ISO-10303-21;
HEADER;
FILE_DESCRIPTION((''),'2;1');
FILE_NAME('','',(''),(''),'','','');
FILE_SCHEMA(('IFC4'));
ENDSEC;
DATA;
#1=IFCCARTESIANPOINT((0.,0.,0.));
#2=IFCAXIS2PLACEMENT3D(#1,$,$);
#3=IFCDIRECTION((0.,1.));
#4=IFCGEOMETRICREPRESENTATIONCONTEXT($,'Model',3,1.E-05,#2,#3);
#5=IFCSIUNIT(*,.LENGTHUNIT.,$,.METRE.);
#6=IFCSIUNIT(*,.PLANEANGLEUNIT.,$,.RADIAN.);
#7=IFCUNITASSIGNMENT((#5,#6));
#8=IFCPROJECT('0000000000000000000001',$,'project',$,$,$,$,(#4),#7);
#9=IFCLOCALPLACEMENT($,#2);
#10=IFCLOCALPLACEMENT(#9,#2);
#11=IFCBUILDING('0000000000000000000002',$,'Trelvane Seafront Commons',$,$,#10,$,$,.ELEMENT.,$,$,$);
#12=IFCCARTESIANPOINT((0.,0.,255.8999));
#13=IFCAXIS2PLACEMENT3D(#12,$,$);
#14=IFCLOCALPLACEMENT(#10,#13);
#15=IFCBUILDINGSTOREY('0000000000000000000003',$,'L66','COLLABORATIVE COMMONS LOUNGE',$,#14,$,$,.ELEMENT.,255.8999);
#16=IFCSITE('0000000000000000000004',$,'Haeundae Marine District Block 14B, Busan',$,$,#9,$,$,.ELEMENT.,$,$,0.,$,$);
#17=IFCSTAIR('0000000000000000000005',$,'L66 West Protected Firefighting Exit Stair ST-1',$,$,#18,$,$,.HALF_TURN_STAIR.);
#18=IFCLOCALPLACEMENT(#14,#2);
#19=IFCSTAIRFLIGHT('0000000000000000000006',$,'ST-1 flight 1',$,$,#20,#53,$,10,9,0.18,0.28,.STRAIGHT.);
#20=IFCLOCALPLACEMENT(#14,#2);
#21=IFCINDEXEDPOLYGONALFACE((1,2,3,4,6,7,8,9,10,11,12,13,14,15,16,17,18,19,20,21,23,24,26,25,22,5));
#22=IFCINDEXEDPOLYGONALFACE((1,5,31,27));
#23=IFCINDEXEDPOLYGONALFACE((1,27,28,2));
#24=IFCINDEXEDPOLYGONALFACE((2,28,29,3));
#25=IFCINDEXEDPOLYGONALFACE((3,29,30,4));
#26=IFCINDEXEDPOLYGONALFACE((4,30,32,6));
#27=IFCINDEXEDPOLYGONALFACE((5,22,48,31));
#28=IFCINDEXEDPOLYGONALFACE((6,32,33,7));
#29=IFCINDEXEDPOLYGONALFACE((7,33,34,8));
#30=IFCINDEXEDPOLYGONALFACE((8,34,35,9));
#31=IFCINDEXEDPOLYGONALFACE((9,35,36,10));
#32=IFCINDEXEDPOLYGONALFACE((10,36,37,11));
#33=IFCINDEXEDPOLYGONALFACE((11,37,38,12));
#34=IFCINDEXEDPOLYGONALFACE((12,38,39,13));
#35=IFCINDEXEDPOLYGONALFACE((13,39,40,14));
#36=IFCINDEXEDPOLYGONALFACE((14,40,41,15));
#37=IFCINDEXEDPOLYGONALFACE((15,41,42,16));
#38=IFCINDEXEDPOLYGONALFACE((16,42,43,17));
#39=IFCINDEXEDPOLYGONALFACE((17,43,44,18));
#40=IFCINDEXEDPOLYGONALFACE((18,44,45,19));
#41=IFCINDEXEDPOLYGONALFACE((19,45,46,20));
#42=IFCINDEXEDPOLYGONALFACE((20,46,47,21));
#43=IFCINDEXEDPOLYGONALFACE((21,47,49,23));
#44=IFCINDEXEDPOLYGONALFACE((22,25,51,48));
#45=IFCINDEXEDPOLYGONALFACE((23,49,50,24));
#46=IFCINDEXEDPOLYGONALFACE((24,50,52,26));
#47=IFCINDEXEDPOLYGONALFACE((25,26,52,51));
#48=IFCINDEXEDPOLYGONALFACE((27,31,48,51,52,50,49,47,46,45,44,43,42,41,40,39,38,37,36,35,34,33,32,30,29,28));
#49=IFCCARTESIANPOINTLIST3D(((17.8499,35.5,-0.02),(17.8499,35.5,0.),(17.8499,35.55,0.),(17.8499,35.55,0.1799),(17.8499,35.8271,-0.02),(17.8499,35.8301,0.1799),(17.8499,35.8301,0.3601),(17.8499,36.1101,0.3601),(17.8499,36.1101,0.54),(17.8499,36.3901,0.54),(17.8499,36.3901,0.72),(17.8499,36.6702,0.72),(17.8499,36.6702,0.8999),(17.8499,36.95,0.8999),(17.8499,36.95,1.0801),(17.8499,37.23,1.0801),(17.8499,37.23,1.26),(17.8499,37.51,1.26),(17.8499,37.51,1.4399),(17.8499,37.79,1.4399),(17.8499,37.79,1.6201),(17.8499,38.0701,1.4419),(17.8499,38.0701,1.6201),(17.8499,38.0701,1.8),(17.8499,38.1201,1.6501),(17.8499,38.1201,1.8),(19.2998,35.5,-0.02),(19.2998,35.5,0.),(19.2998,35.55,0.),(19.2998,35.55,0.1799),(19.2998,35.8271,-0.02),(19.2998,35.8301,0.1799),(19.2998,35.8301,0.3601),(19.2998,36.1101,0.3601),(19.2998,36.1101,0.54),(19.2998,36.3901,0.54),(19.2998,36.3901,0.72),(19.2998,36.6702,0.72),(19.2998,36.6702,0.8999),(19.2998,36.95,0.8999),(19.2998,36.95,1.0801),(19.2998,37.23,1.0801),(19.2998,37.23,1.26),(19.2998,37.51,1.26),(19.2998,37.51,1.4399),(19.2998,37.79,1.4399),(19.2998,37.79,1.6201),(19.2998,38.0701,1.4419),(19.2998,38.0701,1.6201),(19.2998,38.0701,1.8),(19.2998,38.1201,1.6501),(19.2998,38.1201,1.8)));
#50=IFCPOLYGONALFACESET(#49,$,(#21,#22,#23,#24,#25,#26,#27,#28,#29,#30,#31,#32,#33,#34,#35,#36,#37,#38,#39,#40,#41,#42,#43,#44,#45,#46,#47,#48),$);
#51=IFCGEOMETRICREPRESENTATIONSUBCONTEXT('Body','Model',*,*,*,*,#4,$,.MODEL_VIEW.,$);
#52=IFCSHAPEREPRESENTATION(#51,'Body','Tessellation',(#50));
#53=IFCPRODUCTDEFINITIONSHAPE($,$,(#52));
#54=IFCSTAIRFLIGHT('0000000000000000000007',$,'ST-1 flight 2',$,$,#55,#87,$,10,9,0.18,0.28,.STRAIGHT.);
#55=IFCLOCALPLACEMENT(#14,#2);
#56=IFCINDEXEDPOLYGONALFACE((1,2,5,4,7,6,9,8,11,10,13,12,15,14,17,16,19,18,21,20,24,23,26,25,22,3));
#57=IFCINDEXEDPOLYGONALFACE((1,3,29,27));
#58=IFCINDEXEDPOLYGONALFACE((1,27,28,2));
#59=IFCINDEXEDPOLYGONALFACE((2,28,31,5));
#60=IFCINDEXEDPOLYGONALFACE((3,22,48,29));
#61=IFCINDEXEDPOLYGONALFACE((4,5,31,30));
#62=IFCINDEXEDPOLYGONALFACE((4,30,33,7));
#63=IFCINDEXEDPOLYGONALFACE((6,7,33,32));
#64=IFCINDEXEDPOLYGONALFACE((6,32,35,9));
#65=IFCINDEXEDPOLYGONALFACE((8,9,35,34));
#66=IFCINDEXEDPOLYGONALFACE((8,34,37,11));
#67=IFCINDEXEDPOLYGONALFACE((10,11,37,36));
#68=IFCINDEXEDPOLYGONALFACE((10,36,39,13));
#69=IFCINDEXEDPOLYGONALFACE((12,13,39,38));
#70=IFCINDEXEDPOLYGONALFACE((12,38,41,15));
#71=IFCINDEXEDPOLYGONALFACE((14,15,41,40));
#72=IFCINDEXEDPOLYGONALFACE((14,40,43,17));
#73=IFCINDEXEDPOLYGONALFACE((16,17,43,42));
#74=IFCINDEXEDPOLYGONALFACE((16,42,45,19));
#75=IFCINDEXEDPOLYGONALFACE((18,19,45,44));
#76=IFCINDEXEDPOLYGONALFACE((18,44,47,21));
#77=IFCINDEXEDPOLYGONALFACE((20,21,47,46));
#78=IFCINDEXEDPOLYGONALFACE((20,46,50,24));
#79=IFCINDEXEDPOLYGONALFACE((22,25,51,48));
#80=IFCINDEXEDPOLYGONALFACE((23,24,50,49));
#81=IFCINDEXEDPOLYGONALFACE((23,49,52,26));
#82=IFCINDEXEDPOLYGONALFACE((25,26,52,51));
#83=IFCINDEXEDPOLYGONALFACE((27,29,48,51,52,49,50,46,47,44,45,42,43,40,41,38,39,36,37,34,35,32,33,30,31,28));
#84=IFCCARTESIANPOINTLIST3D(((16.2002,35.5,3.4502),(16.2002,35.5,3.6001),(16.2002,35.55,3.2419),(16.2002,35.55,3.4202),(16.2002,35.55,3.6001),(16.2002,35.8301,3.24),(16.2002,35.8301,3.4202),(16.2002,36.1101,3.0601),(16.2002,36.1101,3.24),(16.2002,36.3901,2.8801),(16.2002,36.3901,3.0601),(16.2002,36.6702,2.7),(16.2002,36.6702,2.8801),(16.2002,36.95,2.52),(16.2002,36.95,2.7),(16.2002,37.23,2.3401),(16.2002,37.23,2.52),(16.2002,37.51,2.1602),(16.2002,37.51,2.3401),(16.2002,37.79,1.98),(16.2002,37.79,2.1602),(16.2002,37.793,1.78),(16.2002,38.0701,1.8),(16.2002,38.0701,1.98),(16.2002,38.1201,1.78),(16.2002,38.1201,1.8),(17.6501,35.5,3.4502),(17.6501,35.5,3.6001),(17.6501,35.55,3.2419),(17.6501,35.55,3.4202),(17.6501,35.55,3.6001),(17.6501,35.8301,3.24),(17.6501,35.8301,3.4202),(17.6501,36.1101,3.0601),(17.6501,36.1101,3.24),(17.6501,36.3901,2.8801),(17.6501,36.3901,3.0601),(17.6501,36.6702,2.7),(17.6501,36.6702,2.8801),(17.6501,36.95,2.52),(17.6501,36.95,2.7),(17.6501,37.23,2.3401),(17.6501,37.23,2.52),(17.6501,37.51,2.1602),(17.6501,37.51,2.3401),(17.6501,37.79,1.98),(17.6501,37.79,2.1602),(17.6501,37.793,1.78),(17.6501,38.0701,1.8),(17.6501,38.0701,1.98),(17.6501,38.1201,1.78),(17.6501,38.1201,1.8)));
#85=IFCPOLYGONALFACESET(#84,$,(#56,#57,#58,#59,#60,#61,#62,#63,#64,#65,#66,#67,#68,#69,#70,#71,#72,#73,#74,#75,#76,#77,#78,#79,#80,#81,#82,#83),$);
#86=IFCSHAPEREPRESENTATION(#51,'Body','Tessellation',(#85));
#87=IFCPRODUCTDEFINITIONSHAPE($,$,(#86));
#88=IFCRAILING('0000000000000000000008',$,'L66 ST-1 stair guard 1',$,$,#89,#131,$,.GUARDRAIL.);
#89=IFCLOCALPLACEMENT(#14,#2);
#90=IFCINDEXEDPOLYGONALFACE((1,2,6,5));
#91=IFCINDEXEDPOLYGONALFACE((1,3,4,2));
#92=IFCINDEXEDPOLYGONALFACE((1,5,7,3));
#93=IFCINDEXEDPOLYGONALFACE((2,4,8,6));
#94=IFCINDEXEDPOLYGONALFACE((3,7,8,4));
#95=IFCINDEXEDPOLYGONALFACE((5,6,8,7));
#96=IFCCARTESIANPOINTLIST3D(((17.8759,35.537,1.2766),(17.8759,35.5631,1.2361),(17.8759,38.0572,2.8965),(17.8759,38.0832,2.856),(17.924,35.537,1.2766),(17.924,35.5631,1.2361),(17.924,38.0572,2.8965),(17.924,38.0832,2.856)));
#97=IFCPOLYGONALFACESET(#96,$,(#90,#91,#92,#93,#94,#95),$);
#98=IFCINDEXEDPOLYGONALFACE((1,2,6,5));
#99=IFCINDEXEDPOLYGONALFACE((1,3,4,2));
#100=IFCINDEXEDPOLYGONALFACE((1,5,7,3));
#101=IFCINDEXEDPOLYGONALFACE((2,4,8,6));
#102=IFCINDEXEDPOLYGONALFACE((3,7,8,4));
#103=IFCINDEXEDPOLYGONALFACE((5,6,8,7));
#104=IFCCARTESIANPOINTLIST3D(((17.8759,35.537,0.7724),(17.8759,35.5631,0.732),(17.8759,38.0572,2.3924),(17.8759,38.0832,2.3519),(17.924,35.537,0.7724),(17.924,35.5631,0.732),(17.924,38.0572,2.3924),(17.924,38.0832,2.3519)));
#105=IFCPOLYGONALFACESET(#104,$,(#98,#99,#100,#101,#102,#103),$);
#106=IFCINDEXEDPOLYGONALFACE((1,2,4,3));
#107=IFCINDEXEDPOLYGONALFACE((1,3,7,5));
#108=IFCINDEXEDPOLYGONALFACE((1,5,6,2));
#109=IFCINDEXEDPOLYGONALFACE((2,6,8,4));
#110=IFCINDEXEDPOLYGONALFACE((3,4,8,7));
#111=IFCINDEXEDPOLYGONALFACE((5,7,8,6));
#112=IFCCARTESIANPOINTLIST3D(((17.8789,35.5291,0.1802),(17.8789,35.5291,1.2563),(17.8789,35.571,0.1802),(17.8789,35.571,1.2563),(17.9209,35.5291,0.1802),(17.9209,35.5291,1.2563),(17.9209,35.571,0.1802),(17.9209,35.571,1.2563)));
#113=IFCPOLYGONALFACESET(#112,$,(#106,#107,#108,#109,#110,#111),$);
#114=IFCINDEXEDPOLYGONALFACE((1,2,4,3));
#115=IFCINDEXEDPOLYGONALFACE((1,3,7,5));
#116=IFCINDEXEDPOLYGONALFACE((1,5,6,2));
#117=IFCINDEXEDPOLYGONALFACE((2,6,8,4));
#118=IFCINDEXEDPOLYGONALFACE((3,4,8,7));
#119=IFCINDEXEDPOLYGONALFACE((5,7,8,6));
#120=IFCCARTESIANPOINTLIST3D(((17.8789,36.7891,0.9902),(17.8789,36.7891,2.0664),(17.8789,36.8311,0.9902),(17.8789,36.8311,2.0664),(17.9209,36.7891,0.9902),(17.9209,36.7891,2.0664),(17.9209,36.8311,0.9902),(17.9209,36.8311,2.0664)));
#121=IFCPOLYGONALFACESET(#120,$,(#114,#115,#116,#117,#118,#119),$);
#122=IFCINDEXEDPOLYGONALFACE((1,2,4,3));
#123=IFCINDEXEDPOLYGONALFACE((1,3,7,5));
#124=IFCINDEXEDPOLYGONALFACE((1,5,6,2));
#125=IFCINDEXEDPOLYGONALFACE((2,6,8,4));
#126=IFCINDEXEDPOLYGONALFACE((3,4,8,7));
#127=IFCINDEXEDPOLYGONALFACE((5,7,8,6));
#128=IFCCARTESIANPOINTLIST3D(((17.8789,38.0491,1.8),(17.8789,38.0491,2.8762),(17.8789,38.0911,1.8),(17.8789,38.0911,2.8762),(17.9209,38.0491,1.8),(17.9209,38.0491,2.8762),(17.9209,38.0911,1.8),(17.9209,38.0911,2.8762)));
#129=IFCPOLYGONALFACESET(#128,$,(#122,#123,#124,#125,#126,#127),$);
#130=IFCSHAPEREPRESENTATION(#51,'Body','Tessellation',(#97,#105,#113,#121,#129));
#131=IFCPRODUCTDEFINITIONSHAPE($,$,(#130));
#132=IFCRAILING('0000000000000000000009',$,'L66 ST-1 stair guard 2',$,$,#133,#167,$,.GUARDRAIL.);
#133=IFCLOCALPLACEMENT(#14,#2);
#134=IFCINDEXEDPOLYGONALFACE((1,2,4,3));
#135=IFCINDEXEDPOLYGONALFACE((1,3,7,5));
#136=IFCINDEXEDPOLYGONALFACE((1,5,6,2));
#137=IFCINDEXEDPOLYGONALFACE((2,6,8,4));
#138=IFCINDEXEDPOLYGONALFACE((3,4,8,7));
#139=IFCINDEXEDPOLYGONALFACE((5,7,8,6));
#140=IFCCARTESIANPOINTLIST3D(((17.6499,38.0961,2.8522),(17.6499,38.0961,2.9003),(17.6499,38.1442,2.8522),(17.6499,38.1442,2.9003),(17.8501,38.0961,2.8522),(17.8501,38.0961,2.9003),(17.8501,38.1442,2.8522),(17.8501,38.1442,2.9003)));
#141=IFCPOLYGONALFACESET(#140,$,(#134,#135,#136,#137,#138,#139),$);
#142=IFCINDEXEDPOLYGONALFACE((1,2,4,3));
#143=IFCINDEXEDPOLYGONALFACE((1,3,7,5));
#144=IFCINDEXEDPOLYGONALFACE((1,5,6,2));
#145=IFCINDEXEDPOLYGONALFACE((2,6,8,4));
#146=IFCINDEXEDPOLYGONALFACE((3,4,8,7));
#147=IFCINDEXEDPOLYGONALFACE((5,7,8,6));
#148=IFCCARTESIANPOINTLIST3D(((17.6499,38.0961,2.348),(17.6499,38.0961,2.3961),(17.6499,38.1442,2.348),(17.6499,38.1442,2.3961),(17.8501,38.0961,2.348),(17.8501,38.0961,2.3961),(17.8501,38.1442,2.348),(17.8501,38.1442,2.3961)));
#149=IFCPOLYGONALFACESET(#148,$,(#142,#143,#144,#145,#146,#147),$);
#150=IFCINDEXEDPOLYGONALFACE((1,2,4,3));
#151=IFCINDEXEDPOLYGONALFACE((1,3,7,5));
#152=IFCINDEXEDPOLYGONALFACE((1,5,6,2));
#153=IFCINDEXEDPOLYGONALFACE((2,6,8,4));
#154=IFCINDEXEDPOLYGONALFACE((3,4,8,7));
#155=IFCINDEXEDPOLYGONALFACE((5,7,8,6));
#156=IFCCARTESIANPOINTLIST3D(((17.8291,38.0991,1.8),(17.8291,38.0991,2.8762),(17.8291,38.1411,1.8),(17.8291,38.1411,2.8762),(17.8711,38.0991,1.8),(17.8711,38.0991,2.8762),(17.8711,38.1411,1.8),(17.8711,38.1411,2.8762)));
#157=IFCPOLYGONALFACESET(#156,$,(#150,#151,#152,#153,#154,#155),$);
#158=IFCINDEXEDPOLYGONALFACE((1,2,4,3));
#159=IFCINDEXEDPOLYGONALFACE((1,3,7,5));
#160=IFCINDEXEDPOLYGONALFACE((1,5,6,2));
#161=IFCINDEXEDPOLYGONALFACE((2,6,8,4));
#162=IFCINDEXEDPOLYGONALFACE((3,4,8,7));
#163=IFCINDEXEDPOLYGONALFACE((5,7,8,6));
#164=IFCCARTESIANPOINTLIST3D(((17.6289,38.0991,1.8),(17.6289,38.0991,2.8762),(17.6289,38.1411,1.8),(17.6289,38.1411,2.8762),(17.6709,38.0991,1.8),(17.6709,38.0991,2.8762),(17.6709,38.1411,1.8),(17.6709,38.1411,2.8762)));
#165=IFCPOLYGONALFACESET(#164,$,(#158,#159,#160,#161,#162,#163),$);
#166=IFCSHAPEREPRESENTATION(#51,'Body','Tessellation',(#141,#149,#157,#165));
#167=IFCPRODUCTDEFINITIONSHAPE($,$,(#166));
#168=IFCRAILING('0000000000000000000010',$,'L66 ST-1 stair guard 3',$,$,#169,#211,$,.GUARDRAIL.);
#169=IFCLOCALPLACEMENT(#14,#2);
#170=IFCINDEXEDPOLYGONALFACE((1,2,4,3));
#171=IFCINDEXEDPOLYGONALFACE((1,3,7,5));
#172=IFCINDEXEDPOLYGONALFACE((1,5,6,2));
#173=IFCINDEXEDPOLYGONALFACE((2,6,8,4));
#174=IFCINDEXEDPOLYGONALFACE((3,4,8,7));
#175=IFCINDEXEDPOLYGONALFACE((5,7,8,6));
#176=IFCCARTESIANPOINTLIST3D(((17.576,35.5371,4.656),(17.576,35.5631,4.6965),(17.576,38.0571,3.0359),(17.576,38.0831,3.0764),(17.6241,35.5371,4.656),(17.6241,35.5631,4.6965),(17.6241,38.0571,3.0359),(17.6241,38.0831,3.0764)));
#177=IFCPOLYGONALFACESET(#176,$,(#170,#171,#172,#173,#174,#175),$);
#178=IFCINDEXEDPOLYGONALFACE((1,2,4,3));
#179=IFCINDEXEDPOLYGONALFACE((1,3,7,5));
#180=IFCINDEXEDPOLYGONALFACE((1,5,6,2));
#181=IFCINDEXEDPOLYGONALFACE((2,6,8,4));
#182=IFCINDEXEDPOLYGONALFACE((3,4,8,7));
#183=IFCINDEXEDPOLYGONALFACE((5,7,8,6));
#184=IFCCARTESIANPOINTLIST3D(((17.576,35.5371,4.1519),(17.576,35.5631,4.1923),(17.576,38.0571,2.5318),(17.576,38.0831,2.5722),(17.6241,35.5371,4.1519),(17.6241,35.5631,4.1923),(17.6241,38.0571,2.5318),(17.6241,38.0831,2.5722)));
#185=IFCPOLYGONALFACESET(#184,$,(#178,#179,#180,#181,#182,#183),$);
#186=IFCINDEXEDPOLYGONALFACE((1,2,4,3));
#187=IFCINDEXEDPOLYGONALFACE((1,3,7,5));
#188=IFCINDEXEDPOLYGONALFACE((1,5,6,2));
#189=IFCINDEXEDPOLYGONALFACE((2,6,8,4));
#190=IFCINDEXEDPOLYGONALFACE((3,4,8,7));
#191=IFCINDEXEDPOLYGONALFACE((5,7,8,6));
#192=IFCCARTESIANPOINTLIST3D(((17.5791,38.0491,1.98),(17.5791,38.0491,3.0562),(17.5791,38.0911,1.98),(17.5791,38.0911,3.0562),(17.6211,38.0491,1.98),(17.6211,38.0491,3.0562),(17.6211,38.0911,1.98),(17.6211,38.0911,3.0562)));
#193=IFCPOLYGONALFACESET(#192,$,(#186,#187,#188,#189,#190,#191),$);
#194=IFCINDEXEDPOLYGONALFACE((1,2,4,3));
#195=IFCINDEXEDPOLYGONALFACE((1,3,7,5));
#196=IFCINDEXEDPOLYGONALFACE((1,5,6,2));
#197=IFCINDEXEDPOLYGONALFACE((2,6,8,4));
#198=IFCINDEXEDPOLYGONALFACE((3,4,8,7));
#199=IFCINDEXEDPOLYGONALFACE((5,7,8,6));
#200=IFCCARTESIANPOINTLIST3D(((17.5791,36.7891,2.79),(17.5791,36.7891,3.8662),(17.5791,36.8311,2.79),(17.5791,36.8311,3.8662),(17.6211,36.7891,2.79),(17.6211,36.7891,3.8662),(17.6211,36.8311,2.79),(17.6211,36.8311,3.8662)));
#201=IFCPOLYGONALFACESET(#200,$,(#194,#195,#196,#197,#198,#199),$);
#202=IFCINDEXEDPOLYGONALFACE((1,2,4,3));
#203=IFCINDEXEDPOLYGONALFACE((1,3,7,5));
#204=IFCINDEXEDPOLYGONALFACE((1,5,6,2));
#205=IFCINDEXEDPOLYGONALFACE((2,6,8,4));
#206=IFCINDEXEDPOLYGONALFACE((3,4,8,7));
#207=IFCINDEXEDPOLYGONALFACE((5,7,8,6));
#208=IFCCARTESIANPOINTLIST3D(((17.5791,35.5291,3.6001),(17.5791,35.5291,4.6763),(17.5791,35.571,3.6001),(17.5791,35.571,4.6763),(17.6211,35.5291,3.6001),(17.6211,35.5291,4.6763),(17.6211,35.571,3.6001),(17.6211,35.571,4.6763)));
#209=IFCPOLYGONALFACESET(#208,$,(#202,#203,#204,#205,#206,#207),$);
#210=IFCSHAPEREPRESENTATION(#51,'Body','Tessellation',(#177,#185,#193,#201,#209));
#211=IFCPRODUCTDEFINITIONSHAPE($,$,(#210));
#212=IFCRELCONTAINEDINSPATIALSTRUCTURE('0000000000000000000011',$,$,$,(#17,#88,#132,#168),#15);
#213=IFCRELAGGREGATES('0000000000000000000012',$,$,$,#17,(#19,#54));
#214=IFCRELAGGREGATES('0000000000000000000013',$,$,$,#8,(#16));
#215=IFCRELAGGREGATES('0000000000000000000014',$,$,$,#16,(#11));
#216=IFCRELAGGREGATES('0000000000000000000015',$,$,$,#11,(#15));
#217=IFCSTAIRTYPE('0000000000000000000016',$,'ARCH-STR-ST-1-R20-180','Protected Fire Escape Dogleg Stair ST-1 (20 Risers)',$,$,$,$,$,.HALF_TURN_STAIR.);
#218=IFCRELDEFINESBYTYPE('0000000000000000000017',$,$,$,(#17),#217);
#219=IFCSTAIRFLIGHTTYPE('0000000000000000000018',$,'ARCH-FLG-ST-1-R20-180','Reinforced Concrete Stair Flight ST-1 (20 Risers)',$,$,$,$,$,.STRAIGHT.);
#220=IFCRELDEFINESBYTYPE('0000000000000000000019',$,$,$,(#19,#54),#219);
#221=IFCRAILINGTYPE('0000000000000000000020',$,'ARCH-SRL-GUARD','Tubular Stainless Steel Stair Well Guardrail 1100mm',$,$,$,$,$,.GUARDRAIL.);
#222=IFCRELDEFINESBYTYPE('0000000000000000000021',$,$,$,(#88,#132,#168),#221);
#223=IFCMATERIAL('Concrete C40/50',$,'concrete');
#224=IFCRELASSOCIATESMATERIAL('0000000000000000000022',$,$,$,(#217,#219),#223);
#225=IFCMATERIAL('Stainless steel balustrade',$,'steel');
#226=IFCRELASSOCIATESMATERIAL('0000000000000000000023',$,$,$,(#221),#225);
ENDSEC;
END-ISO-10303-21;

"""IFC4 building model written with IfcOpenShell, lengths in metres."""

from ifc_helpers import new_model, si_unit, direction, frame, origin, origin_2d, place, context, subcontext, project, spatial, polyline, rectangle, outline, extrude, source, transform, mapped, material, type_object, element, aggregate, save


model = new_model("IFC4")

# Units and contexts
model_context = context("Model", 3, precision=1e-05, world=origin(), true_north=direction((0.0, 1.0)))
body_context = subcontext(model_context, "Body", "Model", "MODEL_VIEW")
ifc_project = project(units=[si_unit("LENGTHUNIT", "METRE"), si_unit("PLANEANGLEUNIT", "RADIAN")], contexts=[model_context])

# Site, building, storey
site_placement = place(None, origin())
site = spatial("IfcSite", under=ifc_project, at=site_placement, Name="Haeundae Marine District Block 14B, Busan", CompositionType="ELEMENT", RefElevation=0.0)
building_placement = place(site_placement, origin())
building = spatial("IfcBuilding", under=site, at=building_placement, Name="Trelvane Seafront Commons", CompositionType="ELEMENT")
storey_placement = place(building_placement, frame((0.0, 0.0, 255.8999)))
storey = spatial("IfcBuildingStorey", under=building, at=storey_placement, Name="L66", Description="COLLABORATIVE COMMONS LOUNGE", CompositionType="ELEMENT", Elevation=255.8999)

# Shared definitions
ifc_material_1 = material(Name="Concrete C40/50", Category="concrete")
ifc_material_2 = material(Name="Stainless steel balustrade", Category="steel")

# Stair, stair flights
stair_type = type_object("IfcStairType", Name="ARCH-STR-ST-1-R20-180", Description="Protected Fire Escape Dogleg Stair ST-1 (20 Risers)", PredefinedType="HALF_TURN_STAIR", material=ifc_material_1)
stair_placement = place(storey_placement, origin())
stair = element("IfcStair", 1, at=stair_placement, inside=storey, type_object=stair_type, Name="L66 West Protected Firefighting Exit Stair ST-1", PredefinedType="HALF_TURN_STAIR")
stair_flight_type = type_object("IfcStairFlightType", Name="ARCH-FLG-ST-1-R20-180", Description="Reinforced Concrete Stair Flight ST-1 (20 Risers)", PredefinedType="STRAIGHT", material=ifc_material_1)
shared_shape_1 = source(origin(), body_context, "Body", "SweptSolid", [
    extrude(outline(polyline([(-0.05, -0.02), (-0.05, 0.0), (0.0, 0.0), (0.0, 0.1799), (0.28, 0.1799), (0.28, 0.3601), (0.5601, 0.3601), (0.5601, 0.54), (0.8401, 0.54), (0.8401, 0.72), (1.1201, 0.72), (1.1201, 0.8999), (1.3999, 0.8999), (1.3999, 1.0801), (1.6799, 1.0801), (1.6799, 1.26), (1.96, 1.26), (1.96, 1.4399), (2.24, 1.4399), (2.24, 1.6201), (2.52, 1.6201), (2.52, 1.8), (2.5701, 1.8), (2.5701, 1.6501), (2.52, 1.4419), (0.2771, -0.02), (-0.05, -0.02)])), frame((0.0, 0.7251, 0.0), z_axis=(0.0, -1.0, 0.0), x_axis=(1.0, 0.0, 0.0)), (0.0, 0.0, 1.0), 1.45),
])
stair_flight_1_placement = place(storey_placement, frame((18.575, 35.55, 0.0), z_axis=(0.0, 0.0, 1.0), x_axis=(0.0, 1.0, 0.0)))
stair_flight_1 = element("IfcStairFlight", 2, at=stair_flight_1_placement, type_object=stair_flight_type, Name="ST-1 flight 1", NumberOfRisers=10, NumberOfTreads=9, PredefinedType="STRAIGHT", RiserHeight=0.18, TreadLength=0.28, context=body_context, shape_type="MappedRepresentation", body=[
    mapped(shared_shape_1, transform((0.0, 0.0, 0.0), x_axis=(1.0, 0.0, 0.0), y_axis=(0.0, 1.0, 0.0), z_axis=(0.0, 0.0, 1.0), scale=1.0)),
])
stair_flight_2_placement = place(storey_placement, frame((16.925, 38.0701, 1.8), z_axis=(0.0, 0.0, 1.0), x_axis=(0.0, -1.0, 0.0)))
stair_flight_2 = element("IfcStairFlight", 3, at=stair_flight_2_placement, type_object=stair_flight_type, Name="ST-1 flight 2", NumberOfRisers=10, NumberOfTreads=9, PredefinedType="STRAIGHT", RiserHeight=0.18, TreadLength=0.28, context=body_context, shape_type="MappedRepresentation", body=[
    mapped(shared_shape_1, transform((0.0, 0.0, 0.0), x_axis=(1.0, 0.0, 0.0), y_axis=(0.0, 1.0, 0.0), z_axis=(0.0, 0.0, 1.0), scale=1.0)),
])
aggregate(stair, [stair_flight_1, stair_flight_2])

# Railings
railing_type_1 = type_object("IfcRailingType", Name="ARCH-SRL-GUARD", Description="Tubular Stainless Steel Stair Well Guardrail 1100mm", PredefinedType="GUARDRAIL", material=ifc_material_2)
railing_1_placement = place(storey_placement, frame((17.8999, 35.55, 0.1802)))
element("IfcRailing", 4, at=railing_1_placement, inside=storey, type_object=railing_type_1, Name="L66 ST-1 stair guard 1", PredefinedType="GUARDRAIL", context=body_context, shape_type="SweptSolid", body=[
    extrude(rectangle(XDim=0.0481, YDim=0.0481, at=origin_2d()), frame((0.0, 0.0, 1.0762), z_axis=(0.0, 0.8412, 0.540725), x_axis=(-1.0, 0.0, 0.0)), (0.0, 0.0, 1.0), 2.9958),
    extrude(rectangle(XDim=0.0481, YDim=0.0481, at=origin_2d()), frame((0.0, 0.0, 0.572), z_axis=(0.0, 0.8412, 0.540725), x_axis=(-1.0, 0.0, 0.0)), (0.0, 0.0, 1.0), 2.9958),
    extrude(rectangle(XDim=0.042, YDim=0.042, at=origin_2d()), origin(), (0.0, 0.0, 1.0), 1.0762),
    extrude(rectangle(XDim=0.042, YDim=0.042, at=origin_2d()), frame((0.0, 1.26, 0.8101)), (0.0, 0.0, 1.0), 1.0762),
    extrude(rectangle(XDim=0.042, YDim=0.042, at=origin_2d()), frame((0.0, 2.52, 1.6199)), (0.0, 0.0, 1.0), 1.0762),
])
railing_2_placement = place(storey_placement, frame((17.8501, 38.1201, 1.8)))
element("IfcRailing", 5, at=railing_2_placement, inside=storey, type_object=railing_type_1, Name="L66 ST-1 stair guard 2", PredefinedType="GUARDRAIL", context=body_context, shape_type="SweptSolid", body=[
    extrude(rectangle(XDim=0.0481, YDim=0.0481, at=origin_2d()), frame((0.0, 0.0, 1.0762), z_axis=(-1.0, 0.0, 0.0), x_axis=(0.0, -1.0, 0.0)), (0.0, 0.0, 1.0), 0.2002),
    extrude(rectangle(XDim=0.0481, YDim=0.0481, at=origin_2d()), frame((0.0, 0.0, 0.572), z_axis=(-1.0, 0.0, 0.0), x_axis=(0.0, -1.0, 0.0)), (0.0, 0.0, 1.0), 0.2002),
    extrude(rectangle(XDim=0.042, YDim=0.042, at=origin_2d()), origin(), (0.0, 0.0, 1.0), 1.0762),
    extrude(rectangle(XDim=0.042, YDim=0.042, at=origin_2d()), frame((-0.2002, 0.0, 0.0)), (0.0, 0.0, 1.0), 1.0762),
])
railing_3_placement = place(storey_placement, frame((17.6001, 38.0701, 1.98)))
element("IfcRailing", 6, at=railing_3_placement, inside=storey, type_object=railing_type_1, Name="L66 ST-1 stair guard 3", PredefinedType="GUARDRAIL", context=body_context, shape_type="SweptSolid", body=[
    extrude(rectangle(XDim=0.0481, YDim=0.0481, at=origin_2d()), frame((0.0, 0.0, 1.0762), z_axis=(0.0, -0.841163, 0.540782), x_axis=(1.0, 0.0, 0.0)), (0.0, 0.0, 1.0), 2.9958),
    extrude(rectangle(XDim=0.0481, YDim=0.0481, at=origin_2d()), frame((0.0, 0.0, 0.572), z_axis=(0.0, -0.841163, 0.540782), x_axis=(1.0, 0.0, 0.0)), (0.0, 0.0, 1.0), 2.9958),
    extrude(rectangle(XDim=0.042, YDim=0.042, at=origin_2d()), origin(), (0.0, 0.0, 1.0), 1.0762),
    extrude(rectangle(XDim=0.042, YDim=0.042, at=origin_2d()), frame((0.0, -1.26, 0.8101)), (0.0, 0.0, 1.0), 1.0762),
    extrude(rectangle(XDim=0.042, YDim=0.042, at=origin_2d()), frame((0.0, -2.52, 1.6201)), (0.0, 0.0, 1.0), 1.0762),
])

save(model, "model.ifc")
